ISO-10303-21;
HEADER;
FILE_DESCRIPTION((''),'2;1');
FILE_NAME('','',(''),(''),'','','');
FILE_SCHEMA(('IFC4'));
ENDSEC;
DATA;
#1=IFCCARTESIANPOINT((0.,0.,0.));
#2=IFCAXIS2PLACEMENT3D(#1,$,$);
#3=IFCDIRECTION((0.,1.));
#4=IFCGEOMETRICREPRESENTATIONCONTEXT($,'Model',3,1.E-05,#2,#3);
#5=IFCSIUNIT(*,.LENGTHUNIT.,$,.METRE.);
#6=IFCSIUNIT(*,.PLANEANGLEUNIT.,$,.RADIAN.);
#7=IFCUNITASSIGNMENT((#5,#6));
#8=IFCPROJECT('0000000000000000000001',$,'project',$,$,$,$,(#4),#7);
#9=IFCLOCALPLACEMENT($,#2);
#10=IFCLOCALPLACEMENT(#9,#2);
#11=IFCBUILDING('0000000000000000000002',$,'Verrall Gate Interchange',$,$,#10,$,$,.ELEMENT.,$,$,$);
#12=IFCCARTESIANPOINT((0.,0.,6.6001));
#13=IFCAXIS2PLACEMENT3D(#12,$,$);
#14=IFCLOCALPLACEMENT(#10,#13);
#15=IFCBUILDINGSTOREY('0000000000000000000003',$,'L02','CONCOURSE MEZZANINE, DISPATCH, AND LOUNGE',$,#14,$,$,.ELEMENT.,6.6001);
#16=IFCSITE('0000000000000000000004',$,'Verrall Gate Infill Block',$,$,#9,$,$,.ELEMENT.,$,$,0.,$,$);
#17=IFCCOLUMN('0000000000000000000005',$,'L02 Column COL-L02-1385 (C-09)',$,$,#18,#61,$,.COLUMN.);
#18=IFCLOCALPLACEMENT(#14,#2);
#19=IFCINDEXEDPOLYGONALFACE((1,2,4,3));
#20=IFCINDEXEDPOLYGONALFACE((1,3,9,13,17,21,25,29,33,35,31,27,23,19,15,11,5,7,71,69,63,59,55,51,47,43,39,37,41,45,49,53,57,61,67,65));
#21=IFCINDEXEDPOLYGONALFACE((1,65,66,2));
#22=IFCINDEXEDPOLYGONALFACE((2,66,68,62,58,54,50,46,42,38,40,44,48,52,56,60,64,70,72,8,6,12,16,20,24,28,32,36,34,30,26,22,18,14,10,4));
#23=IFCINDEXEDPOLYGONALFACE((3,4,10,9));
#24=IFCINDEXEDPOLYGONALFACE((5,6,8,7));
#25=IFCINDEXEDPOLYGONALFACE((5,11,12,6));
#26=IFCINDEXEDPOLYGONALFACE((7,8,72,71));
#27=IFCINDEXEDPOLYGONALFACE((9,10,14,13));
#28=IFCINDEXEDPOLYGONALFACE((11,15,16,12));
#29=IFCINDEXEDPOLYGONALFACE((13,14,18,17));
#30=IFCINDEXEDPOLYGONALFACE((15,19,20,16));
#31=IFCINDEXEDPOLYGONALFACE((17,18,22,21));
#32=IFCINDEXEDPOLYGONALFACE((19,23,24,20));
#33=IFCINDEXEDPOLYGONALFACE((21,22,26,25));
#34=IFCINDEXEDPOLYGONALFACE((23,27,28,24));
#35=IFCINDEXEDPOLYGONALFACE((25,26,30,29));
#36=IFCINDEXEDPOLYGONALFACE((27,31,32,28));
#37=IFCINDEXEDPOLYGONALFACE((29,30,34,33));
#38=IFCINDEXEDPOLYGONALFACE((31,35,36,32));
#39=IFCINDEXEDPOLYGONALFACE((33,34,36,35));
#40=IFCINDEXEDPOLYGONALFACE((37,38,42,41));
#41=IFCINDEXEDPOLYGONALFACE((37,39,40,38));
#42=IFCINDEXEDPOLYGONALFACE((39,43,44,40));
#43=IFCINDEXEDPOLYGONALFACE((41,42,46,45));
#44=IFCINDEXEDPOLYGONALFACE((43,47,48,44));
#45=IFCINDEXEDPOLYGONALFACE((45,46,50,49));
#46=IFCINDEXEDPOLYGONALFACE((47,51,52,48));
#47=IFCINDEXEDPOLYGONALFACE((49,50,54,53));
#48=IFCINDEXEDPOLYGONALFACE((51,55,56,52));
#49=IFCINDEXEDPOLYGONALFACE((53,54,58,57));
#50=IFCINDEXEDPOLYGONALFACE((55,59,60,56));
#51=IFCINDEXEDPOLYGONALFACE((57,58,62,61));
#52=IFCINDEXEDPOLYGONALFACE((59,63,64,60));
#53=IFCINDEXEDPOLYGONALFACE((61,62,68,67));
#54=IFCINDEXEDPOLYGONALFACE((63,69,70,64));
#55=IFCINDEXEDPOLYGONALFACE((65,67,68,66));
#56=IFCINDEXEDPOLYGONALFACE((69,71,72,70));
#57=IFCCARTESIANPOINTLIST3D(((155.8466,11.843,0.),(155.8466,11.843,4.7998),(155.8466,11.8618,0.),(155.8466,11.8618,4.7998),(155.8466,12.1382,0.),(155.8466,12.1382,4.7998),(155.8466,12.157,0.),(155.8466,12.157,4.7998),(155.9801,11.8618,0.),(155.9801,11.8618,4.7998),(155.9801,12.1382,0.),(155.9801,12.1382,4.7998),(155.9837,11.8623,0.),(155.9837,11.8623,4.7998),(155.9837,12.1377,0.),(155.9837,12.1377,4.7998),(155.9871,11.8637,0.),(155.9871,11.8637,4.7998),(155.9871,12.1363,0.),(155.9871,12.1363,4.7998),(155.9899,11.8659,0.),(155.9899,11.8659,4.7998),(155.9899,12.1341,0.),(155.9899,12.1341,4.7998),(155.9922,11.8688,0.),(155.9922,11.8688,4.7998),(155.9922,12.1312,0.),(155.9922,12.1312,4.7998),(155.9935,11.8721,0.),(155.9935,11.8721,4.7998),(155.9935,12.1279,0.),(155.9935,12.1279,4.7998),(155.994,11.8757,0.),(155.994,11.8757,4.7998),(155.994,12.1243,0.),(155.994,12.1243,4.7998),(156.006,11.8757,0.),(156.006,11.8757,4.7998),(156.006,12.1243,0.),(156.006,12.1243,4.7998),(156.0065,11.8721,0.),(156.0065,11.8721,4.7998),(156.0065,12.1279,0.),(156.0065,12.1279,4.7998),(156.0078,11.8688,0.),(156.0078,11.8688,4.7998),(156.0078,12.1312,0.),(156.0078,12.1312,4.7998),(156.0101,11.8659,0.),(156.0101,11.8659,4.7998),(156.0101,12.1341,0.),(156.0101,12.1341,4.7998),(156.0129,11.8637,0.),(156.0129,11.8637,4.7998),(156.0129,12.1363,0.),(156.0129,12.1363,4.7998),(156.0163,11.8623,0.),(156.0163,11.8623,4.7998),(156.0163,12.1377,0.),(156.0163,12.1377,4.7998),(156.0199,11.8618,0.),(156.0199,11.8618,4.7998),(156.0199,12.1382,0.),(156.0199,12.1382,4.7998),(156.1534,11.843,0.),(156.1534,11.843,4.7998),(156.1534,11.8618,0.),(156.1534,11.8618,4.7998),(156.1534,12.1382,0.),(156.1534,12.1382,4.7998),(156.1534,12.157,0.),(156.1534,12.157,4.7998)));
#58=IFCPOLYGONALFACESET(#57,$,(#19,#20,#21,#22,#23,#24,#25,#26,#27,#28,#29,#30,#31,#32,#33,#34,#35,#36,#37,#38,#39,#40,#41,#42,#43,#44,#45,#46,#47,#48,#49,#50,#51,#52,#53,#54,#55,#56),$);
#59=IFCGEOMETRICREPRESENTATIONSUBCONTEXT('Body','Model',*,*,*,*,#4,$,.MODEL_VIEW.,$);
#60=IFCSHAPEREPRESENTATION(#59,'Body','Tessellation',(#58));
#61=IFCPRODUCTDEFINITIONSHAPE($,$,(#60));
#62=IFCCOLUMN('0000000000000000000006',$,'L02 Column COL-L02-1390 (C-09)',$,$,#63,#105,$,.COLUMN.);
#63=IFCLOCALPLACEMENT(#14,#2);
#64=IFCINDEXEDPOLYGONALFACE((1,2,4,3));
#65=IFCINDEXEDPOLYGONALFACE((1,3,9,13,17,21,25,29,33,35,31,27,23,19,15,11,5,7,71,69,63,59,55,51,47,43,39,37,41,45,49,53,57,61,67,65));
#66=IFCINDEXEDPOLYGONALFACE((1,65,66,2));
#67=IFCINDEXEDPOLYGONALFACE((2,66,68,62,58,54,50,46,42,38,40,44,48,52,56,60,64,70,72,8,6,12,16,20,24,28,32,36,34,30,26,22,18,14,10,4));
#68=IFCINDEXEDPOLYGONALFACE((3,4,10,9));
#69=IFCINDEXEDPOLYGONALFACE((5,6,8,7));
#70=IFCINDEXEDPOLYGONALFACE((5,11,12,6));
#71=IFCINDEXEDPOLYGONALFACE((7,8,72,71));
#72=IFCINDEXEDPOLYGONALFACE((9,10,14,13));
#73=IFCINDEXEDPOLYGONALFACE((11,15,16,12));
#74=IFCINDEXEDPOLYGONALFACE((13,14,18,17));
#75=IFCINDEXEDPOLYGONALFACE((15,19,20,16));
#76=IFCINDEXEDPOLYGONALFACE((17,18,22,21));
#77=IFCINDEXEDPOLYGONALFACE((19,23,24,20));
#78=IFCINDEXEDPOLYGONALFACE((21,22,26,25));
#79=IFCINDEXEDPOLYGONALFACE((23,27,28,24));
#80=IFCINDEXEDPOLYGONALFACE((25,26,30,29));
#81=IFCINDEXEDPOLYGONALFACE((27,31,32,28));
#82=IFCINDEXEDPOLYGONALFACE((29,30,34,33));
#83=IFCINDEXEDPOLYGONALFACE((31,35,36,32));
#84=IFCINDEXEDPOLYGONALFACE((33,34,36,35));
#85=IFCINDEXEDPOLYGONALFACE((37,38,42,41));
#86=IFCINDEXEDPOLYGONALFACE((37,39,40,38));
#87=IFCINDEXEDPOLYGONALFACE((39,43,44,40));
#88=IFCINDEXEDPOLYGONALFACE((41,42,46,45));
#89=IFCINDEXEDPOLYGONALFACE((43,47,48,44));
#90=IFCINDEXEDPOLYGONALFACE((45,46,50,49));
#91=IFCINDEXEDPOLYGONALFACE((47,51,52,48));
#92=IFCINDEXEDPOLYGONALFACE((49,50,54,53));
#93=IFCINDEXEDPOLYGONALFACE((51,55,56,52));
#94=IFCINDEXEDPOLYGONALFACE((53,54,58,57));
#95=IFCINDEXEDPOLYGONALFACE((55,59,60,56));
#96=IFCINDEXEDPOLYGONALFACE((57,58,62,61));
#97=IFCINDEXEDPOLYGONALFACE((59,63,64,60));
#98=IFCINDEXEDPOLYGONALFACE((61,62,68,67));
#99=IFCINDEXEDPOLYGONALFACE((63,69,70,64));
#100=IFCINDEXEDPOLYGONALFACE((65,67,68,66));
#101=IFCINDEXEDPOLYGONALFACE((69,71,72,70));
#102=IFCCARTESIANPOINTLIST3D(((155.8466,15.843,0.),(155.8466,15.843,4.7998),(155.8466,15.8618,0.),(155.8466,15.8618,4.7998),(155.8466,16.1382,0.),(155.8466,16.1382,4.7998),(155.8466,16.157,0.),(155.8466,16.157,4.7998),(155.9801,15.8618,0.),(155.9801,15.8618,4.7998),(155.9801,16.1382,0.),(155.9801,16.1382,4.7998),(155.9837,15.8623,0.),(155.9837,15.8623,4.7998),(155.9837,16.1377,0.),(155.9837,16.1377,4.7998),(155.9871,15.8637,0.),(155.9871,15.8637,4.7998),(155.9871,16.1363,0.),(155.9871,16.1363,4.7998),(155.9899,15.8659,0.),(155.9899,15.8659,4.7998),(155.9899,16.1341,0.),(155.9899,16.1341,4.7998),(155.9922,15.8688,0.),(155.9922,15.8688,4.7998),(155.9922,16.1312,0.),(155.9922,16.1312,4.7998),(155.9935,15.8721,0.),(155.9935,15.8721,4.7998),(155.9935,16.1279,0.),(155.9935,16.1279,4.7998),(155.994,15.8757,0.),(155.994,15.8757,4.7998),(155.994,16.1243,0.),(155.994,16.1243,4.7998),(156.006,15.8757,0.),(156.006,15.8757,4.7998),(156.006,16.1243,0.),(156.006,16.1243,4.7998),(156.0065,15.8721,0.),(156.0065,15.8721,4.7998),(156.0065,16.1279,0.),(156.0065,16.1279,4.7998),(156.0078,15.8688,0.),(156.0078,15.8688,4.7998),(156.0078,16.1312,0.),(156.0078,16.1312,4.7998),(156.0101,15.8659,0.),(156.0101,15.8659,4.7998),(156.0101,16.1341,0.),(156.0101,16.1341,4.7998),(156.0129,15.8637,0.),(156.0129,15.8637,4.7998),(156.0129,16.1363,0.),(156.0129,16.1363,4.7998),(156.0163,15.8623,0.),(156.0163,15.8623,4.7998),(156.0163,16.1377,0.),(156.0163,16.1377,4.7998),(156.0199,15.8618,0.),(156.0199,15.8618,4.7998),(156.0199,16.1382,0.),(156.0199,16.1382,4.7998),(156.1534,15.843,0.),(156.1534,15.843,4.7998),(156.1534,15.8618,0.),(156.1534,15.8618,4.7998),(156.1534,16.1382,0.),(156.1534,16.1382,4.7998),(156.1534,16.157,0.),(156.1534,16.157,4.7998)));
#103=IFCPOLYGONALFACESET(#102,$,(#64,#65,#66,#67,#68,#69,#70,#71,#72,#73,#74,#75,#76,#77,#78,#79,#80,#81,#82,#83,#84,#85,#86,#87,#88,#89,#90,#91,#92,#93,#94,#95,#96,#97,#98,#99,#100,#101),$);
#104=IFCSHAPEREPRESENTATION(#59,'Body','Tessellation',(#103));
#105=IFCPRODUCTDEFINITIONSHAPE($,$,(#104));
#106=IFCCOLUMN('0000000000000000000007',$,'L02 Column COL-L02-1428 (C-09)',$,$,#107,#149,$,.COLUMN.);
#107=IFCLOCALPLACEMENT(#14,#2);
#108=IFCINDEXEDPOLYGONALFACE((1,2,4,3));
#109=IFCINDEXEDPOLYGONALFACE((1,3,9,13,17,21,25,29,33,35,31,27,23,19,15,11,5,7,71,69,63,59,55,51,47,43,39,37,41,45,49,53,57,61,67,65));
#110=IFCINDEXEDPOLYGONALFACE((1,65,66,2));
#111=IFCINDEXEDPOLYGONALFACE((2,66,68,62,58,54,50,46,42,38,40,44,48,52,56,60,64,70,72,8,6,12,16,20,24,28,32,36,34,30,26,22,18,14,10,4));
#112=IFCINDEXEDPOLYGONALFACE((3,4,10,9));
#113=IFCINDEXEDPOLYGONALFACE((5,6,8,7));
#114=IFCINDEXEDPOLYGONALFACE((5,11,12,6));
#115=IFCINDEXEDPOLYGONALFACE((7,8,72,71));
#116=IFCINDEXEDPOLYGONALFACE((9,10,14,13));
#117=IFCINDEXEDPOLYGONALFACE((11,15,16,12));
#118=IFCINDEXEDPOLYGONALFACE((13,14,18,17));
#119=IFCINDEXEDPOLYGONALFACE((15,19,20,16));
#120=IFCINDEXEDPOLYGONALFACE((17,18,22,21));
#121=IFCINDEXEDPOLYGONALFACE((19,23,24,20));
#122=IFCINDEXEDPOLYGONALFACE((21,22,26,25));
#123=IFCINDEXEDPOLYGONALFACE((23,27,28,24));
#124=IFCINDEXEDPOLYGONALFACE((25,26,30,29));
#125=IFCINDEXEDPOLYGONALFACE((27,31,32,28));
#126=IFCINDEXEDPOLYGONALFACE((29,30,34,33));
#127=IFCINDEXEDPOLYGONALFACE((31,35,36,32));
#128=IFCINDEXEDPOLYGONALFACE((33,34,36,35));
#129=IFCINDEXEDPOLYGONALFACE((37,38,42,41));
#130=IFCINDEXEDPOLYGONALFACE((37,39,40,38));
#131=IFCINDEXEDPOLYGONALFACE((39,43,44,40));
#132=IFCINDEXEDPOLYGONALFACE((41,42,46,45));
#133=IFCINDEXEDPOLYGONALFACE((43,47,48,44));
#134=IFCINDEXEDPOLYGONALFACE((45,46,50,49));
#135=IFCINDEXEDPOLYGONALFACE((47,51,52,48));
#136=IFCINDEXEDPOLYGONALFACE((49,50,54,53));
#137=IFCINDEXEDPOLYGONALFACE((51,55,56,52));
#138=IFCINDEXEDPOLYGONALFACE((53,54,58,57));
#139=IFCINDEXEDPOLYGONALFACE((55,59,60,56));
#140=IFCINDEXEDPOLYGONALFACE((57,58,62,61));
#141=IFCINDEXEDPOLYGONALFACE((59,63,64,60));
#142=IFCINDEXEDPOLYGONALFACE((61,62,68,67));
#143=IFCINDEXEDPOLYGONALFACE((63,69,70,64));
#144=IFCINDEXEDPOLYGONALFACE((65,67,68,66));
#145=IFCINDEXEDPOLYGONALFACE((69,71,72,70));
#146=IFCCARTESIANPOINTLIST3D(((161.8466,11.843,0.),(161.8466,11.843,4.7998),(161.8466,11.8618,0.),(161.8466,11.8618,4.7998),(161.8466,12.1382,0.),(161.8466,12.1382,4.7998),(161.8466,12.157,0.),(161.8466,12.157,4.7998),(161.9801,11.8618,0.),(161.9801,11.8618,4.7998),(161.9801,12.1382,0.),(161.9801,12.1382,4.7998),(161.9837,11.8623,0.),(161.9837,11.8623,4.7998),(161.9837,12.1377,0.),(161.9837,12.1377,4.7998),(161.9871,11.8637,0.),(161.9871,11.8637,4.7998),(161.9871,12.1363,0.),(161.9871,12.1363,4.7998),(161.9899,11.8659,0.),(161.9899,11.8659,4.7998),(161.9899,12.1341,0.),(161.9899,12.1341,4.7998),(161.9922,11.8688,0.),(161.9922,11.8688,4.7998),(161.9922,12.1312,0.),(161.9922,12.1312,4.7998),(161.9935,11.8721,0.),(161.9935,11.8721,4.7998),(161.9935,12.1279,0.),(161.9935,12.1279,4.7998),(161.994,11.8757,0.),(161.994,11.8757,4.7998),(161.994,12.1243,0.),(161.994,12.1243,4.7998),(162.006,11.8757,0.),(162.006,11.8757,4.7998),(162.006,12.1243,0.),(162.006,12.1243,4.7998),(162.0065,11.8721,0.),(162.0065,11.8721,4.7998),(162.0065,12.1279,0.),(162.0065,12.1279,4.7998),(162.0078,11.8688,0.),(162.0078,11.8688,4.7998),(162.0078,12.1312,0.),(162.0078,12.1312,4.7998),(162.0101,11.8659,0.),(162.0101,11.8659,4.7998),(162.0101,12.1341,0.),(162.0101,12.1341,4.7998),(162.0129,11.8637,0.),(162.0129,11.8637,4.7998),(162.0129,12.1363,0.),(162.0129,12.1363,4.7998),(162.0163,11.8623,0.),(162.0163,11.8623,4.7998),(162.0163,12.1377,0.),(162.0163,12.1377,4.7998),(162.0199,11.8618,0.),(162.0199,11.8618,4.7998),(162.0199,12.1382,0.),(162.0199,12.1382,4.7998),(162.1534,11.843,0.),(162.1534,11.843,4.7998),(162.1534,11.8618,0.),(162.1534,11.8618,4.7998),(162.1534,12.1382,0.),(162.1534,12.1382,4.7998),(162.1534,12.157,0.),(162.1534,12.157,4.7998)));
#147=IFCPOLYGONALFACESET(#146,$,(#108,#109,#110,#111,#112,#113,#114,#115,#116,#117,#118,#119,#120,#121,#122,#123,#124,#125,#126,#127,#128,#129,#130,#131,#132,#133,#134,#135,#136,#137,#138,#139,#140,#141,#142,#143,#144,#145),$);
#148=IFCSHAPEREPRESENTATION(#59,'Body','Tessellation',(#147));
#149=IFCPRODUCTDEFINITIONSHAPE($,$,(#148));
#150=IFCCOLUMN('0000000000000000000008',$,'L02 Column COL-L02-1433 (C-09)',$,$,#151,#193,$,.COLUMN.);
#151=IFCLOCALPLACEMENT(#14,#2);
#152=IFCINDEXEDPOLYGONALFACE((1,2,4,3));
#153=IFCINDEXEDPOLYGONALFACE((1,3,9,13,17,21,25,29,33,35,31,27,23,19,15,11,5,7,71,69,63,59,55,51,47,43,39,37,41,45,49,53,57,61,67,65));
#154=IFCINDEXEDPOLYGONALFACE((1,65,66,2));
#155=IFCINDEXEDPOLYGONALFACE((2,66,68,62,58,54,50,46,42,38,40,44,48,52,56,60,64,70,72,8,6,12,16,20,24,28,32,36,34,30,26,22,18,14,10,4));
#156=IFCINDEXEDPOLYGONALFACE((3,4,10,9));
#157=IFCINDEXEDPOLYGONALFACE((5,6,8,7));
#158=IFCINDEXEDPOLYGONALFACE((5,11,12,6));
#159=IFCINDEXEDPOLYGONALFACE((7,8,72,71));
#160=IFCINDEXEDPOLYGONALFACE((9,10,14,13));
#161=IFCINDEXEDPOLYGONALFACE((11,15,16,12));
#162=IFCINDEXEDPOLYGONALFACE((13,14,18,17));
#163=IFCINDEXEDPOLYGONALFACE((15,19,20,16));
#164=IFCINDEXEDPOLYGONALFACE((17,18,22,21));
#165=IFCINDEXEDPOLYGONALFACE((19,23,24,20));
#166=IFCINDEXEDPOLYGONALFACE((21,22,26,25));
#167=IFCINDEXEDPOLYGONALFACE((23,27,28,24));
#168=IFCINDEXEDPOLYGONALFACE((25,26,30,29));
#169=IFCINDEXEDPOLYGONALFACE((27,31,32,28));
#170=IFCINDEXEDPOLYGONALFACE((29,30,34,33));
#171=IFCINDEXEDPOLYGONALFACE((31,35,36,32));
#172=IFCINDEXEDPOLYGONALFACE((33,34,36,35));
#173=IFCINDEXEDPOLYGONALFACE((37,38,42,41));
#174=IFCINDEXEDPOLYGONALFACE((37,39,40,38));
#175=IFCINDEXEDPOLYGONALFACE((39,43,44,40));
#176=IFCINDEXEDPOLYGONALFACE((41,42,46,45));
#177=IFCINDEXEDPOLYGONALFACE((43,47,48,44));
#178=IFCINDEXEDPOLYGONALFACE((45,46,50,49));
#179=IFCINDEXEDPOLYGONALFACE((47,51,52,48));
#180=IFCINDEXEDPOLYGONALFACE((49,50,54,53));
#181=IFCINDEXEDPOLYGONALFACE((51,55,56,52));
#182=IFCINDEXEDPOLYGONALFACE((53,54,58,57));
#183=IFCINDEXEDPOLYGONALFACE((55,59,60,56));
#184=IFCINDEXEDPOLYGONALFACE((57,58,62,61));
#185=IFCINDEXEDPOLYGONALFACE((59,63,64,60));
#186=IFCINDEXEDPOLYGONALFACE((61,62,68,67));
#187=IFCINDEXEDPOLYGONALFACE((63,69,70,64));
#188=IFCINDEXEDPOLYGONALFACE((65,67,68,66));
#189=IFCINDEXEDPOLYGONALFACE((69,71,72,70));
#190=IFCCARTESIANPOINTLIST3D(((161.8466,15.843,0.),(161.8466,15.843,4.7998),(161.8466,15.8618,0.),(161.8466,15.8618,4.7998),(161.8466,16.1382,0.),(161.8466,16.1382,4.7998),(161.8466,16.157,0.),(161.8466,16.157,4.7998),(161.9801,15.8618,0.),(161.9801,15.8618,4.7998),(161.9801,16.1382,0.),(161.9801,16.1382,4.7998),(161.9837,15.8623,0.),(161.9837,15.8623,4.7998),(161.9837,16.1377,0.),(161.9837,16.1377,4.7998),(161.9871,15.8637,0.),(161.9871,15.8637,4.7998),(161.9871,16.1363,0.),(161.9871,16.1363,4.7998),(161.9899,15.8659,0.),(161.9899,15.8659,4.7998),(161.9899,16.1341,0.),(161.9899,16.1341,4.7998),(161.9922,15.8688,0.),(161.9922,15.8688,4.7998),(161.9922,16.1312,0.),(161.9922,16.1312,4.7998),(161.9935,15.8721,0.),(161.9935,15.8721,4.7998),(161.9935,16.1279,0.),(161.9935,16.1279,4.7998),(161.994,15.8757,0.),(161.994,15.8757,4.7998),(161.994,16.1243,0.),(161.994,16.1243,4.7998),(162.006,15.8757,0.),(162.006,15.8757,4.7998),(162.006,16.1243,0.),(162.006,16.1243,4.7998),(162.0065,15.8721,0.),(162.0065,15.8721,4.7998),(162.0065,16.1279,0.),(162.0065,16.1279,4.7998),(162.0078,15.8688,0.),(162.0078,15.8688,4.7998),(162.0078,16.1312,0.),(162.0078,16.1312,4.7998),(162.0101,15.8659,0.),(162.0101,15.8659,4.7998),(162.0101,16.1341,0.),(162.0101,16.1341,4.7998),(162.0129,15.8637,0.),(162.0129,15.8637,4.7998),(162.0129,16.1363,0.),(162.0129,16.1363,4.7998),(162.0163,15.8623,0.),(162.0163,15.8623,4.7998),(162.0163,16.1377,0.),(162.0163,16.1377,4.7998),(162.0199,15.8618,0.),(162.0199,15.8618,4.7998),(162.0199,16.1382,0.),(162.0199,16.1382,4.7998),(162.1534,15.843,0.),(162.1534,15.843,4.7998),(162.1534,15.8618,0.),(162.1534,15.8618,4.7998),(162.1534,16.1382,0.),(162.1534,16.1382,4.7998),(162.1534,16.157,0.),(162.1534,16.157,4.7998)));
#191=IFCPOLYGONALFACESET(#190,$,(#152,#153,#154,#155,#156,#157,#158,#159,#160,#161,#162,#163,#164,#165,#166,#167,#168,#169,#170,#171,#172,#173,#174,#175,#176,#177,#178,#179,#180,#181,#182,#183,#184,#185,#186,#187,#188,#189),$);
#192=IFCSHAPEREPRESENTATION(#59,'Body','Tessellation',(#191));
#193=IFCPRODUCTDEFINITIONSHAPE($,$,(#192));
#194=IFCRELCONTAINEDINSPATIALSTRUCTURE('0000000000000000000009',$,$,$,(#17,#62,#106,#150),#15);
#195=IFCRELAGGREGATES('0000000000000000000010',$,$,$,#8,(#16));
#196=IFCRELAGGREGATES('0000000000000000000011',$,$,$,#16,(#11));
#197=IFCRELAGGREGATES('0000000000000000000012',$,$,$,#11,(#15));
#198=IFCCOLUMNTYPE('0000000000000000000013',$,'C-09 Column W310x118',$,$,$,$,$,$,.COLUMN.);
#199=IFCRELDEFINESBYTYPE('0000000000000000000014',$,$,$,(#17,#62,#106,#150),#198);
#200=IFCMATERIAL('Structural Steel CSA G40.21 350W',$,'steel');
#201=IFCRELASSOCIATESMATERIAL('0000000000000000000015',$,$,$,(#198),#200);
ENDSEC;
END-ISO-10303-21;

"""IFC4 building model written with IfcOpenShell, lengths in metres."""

from ifc_helpers import new_model, si_unit, direction, frame, origin, origin_2d, place, context, subcontext, project, spatial, i_section, extrude, material, material_profile, profile_set, type_object, element, save


model = new_model("IFC4")

# Units and contexts
model_context = context("Model", 3, precision=1e-05, world=origin(), true_north=direction((0.0, 1.0)))
body_context = subcontext(model_context, "Body", "Model", "MODEL_VIEW")
ifc_project = project(units=[si_unit("LENGTHUNIT", "METRE"), si_unit("PLANEANGLEUNIT", "RADIAN")], contexts=[model_context])

# Site, building, storey
site_placement = place(None, origin())
site = spatial("IfcSite", under=ifc_project, at=site_placement, Name="Verrall Gate Infill Block", CompositionType="ELEMENT", RefElevation=0.0)
building_placement = place(site_placement, origin())
building = spatial("IfcBuilding", under=site, at=building_placement, Name="Verrall Gate Interchange", CompositionType="ELEMENT")
storey_placement = place(building_placement, frame((0.0, 0.0, 6.6001)))
storey = spatial("IfcBuildingStorey", under=building, at=storey_placement, Name="L02", Description="CONCOURSE MEZZANINE, DISPATCH, AND LOUNGE", CompositionType="ELEMENT", Elevation=6.6001)

# Columns
ifc_material_1 = material(Name="Structural Steel CSA G40.21 350W", Category="steel")
ifc_material_profile_1 = material_profile(ifc_material_1, i_section(OverallWidth=0.3069, OverallDepth=0.314, WebThickness=0.012, FlangeThickness=0.0188, FilletRadius=0.0139, at=origin_2d()), Name="W310x118")
ifc_profile_set_1 = profile_set([ifc_material_profile_1], Name="Structural Steel CSA G40.21 350W")
column_type = type_object("IfcColumnType", Name="C-09 Column W310x118", PredefinedType="COLUMN", material=ifc_profile_set_1)
for number, where, z_axis, x_axis, name in (
    (1, (156.0, 12.0, 0.0), (0.0, 0.0, 1.0), (1.0, 0.0, 0.0), "L02 Column COL-L02-1385 (C-09)"),
    (2, (156.0, 16.0, 0.0), (0.0, 0.0, 1.0), (1.0, 0.0, 0.0), "L02 Column COL-L02-1390 (C-09)"),
    (3, (162.0, 12.0, 0.0), (0.0, 0.0, 1.0), (1.0, 0.0, 0.0), "L02 Column COL-L02-1428 (C-09)"),
    (4, (162.0, 16.0, 0.0), (0.0, 0.0, 1.0), (1.0, 0.0, 0.0), "L02 Column COL-L02-1433 (C-09)"),
):
    element("IfcColumn", number, at=place(storey_placement, frame(where, z_axis=z_axis, x_axis=x_axis)), inside=storey, type_object=column_type, Name=name, PredefinedType="COLUMN", context=body_context, shape_type="SweptSolid", body=[
        extrude(i_section(OverallWidth=0.3069, OverallDepth=0.314, WebThickness=0.012, FlangeThickness=0.0188, FilletRadius=0.0139, at=origin_2d()), origin(), (0.0, 0.0, 1.0), 4.7998),
    ])

save(model, "model.ifc")
